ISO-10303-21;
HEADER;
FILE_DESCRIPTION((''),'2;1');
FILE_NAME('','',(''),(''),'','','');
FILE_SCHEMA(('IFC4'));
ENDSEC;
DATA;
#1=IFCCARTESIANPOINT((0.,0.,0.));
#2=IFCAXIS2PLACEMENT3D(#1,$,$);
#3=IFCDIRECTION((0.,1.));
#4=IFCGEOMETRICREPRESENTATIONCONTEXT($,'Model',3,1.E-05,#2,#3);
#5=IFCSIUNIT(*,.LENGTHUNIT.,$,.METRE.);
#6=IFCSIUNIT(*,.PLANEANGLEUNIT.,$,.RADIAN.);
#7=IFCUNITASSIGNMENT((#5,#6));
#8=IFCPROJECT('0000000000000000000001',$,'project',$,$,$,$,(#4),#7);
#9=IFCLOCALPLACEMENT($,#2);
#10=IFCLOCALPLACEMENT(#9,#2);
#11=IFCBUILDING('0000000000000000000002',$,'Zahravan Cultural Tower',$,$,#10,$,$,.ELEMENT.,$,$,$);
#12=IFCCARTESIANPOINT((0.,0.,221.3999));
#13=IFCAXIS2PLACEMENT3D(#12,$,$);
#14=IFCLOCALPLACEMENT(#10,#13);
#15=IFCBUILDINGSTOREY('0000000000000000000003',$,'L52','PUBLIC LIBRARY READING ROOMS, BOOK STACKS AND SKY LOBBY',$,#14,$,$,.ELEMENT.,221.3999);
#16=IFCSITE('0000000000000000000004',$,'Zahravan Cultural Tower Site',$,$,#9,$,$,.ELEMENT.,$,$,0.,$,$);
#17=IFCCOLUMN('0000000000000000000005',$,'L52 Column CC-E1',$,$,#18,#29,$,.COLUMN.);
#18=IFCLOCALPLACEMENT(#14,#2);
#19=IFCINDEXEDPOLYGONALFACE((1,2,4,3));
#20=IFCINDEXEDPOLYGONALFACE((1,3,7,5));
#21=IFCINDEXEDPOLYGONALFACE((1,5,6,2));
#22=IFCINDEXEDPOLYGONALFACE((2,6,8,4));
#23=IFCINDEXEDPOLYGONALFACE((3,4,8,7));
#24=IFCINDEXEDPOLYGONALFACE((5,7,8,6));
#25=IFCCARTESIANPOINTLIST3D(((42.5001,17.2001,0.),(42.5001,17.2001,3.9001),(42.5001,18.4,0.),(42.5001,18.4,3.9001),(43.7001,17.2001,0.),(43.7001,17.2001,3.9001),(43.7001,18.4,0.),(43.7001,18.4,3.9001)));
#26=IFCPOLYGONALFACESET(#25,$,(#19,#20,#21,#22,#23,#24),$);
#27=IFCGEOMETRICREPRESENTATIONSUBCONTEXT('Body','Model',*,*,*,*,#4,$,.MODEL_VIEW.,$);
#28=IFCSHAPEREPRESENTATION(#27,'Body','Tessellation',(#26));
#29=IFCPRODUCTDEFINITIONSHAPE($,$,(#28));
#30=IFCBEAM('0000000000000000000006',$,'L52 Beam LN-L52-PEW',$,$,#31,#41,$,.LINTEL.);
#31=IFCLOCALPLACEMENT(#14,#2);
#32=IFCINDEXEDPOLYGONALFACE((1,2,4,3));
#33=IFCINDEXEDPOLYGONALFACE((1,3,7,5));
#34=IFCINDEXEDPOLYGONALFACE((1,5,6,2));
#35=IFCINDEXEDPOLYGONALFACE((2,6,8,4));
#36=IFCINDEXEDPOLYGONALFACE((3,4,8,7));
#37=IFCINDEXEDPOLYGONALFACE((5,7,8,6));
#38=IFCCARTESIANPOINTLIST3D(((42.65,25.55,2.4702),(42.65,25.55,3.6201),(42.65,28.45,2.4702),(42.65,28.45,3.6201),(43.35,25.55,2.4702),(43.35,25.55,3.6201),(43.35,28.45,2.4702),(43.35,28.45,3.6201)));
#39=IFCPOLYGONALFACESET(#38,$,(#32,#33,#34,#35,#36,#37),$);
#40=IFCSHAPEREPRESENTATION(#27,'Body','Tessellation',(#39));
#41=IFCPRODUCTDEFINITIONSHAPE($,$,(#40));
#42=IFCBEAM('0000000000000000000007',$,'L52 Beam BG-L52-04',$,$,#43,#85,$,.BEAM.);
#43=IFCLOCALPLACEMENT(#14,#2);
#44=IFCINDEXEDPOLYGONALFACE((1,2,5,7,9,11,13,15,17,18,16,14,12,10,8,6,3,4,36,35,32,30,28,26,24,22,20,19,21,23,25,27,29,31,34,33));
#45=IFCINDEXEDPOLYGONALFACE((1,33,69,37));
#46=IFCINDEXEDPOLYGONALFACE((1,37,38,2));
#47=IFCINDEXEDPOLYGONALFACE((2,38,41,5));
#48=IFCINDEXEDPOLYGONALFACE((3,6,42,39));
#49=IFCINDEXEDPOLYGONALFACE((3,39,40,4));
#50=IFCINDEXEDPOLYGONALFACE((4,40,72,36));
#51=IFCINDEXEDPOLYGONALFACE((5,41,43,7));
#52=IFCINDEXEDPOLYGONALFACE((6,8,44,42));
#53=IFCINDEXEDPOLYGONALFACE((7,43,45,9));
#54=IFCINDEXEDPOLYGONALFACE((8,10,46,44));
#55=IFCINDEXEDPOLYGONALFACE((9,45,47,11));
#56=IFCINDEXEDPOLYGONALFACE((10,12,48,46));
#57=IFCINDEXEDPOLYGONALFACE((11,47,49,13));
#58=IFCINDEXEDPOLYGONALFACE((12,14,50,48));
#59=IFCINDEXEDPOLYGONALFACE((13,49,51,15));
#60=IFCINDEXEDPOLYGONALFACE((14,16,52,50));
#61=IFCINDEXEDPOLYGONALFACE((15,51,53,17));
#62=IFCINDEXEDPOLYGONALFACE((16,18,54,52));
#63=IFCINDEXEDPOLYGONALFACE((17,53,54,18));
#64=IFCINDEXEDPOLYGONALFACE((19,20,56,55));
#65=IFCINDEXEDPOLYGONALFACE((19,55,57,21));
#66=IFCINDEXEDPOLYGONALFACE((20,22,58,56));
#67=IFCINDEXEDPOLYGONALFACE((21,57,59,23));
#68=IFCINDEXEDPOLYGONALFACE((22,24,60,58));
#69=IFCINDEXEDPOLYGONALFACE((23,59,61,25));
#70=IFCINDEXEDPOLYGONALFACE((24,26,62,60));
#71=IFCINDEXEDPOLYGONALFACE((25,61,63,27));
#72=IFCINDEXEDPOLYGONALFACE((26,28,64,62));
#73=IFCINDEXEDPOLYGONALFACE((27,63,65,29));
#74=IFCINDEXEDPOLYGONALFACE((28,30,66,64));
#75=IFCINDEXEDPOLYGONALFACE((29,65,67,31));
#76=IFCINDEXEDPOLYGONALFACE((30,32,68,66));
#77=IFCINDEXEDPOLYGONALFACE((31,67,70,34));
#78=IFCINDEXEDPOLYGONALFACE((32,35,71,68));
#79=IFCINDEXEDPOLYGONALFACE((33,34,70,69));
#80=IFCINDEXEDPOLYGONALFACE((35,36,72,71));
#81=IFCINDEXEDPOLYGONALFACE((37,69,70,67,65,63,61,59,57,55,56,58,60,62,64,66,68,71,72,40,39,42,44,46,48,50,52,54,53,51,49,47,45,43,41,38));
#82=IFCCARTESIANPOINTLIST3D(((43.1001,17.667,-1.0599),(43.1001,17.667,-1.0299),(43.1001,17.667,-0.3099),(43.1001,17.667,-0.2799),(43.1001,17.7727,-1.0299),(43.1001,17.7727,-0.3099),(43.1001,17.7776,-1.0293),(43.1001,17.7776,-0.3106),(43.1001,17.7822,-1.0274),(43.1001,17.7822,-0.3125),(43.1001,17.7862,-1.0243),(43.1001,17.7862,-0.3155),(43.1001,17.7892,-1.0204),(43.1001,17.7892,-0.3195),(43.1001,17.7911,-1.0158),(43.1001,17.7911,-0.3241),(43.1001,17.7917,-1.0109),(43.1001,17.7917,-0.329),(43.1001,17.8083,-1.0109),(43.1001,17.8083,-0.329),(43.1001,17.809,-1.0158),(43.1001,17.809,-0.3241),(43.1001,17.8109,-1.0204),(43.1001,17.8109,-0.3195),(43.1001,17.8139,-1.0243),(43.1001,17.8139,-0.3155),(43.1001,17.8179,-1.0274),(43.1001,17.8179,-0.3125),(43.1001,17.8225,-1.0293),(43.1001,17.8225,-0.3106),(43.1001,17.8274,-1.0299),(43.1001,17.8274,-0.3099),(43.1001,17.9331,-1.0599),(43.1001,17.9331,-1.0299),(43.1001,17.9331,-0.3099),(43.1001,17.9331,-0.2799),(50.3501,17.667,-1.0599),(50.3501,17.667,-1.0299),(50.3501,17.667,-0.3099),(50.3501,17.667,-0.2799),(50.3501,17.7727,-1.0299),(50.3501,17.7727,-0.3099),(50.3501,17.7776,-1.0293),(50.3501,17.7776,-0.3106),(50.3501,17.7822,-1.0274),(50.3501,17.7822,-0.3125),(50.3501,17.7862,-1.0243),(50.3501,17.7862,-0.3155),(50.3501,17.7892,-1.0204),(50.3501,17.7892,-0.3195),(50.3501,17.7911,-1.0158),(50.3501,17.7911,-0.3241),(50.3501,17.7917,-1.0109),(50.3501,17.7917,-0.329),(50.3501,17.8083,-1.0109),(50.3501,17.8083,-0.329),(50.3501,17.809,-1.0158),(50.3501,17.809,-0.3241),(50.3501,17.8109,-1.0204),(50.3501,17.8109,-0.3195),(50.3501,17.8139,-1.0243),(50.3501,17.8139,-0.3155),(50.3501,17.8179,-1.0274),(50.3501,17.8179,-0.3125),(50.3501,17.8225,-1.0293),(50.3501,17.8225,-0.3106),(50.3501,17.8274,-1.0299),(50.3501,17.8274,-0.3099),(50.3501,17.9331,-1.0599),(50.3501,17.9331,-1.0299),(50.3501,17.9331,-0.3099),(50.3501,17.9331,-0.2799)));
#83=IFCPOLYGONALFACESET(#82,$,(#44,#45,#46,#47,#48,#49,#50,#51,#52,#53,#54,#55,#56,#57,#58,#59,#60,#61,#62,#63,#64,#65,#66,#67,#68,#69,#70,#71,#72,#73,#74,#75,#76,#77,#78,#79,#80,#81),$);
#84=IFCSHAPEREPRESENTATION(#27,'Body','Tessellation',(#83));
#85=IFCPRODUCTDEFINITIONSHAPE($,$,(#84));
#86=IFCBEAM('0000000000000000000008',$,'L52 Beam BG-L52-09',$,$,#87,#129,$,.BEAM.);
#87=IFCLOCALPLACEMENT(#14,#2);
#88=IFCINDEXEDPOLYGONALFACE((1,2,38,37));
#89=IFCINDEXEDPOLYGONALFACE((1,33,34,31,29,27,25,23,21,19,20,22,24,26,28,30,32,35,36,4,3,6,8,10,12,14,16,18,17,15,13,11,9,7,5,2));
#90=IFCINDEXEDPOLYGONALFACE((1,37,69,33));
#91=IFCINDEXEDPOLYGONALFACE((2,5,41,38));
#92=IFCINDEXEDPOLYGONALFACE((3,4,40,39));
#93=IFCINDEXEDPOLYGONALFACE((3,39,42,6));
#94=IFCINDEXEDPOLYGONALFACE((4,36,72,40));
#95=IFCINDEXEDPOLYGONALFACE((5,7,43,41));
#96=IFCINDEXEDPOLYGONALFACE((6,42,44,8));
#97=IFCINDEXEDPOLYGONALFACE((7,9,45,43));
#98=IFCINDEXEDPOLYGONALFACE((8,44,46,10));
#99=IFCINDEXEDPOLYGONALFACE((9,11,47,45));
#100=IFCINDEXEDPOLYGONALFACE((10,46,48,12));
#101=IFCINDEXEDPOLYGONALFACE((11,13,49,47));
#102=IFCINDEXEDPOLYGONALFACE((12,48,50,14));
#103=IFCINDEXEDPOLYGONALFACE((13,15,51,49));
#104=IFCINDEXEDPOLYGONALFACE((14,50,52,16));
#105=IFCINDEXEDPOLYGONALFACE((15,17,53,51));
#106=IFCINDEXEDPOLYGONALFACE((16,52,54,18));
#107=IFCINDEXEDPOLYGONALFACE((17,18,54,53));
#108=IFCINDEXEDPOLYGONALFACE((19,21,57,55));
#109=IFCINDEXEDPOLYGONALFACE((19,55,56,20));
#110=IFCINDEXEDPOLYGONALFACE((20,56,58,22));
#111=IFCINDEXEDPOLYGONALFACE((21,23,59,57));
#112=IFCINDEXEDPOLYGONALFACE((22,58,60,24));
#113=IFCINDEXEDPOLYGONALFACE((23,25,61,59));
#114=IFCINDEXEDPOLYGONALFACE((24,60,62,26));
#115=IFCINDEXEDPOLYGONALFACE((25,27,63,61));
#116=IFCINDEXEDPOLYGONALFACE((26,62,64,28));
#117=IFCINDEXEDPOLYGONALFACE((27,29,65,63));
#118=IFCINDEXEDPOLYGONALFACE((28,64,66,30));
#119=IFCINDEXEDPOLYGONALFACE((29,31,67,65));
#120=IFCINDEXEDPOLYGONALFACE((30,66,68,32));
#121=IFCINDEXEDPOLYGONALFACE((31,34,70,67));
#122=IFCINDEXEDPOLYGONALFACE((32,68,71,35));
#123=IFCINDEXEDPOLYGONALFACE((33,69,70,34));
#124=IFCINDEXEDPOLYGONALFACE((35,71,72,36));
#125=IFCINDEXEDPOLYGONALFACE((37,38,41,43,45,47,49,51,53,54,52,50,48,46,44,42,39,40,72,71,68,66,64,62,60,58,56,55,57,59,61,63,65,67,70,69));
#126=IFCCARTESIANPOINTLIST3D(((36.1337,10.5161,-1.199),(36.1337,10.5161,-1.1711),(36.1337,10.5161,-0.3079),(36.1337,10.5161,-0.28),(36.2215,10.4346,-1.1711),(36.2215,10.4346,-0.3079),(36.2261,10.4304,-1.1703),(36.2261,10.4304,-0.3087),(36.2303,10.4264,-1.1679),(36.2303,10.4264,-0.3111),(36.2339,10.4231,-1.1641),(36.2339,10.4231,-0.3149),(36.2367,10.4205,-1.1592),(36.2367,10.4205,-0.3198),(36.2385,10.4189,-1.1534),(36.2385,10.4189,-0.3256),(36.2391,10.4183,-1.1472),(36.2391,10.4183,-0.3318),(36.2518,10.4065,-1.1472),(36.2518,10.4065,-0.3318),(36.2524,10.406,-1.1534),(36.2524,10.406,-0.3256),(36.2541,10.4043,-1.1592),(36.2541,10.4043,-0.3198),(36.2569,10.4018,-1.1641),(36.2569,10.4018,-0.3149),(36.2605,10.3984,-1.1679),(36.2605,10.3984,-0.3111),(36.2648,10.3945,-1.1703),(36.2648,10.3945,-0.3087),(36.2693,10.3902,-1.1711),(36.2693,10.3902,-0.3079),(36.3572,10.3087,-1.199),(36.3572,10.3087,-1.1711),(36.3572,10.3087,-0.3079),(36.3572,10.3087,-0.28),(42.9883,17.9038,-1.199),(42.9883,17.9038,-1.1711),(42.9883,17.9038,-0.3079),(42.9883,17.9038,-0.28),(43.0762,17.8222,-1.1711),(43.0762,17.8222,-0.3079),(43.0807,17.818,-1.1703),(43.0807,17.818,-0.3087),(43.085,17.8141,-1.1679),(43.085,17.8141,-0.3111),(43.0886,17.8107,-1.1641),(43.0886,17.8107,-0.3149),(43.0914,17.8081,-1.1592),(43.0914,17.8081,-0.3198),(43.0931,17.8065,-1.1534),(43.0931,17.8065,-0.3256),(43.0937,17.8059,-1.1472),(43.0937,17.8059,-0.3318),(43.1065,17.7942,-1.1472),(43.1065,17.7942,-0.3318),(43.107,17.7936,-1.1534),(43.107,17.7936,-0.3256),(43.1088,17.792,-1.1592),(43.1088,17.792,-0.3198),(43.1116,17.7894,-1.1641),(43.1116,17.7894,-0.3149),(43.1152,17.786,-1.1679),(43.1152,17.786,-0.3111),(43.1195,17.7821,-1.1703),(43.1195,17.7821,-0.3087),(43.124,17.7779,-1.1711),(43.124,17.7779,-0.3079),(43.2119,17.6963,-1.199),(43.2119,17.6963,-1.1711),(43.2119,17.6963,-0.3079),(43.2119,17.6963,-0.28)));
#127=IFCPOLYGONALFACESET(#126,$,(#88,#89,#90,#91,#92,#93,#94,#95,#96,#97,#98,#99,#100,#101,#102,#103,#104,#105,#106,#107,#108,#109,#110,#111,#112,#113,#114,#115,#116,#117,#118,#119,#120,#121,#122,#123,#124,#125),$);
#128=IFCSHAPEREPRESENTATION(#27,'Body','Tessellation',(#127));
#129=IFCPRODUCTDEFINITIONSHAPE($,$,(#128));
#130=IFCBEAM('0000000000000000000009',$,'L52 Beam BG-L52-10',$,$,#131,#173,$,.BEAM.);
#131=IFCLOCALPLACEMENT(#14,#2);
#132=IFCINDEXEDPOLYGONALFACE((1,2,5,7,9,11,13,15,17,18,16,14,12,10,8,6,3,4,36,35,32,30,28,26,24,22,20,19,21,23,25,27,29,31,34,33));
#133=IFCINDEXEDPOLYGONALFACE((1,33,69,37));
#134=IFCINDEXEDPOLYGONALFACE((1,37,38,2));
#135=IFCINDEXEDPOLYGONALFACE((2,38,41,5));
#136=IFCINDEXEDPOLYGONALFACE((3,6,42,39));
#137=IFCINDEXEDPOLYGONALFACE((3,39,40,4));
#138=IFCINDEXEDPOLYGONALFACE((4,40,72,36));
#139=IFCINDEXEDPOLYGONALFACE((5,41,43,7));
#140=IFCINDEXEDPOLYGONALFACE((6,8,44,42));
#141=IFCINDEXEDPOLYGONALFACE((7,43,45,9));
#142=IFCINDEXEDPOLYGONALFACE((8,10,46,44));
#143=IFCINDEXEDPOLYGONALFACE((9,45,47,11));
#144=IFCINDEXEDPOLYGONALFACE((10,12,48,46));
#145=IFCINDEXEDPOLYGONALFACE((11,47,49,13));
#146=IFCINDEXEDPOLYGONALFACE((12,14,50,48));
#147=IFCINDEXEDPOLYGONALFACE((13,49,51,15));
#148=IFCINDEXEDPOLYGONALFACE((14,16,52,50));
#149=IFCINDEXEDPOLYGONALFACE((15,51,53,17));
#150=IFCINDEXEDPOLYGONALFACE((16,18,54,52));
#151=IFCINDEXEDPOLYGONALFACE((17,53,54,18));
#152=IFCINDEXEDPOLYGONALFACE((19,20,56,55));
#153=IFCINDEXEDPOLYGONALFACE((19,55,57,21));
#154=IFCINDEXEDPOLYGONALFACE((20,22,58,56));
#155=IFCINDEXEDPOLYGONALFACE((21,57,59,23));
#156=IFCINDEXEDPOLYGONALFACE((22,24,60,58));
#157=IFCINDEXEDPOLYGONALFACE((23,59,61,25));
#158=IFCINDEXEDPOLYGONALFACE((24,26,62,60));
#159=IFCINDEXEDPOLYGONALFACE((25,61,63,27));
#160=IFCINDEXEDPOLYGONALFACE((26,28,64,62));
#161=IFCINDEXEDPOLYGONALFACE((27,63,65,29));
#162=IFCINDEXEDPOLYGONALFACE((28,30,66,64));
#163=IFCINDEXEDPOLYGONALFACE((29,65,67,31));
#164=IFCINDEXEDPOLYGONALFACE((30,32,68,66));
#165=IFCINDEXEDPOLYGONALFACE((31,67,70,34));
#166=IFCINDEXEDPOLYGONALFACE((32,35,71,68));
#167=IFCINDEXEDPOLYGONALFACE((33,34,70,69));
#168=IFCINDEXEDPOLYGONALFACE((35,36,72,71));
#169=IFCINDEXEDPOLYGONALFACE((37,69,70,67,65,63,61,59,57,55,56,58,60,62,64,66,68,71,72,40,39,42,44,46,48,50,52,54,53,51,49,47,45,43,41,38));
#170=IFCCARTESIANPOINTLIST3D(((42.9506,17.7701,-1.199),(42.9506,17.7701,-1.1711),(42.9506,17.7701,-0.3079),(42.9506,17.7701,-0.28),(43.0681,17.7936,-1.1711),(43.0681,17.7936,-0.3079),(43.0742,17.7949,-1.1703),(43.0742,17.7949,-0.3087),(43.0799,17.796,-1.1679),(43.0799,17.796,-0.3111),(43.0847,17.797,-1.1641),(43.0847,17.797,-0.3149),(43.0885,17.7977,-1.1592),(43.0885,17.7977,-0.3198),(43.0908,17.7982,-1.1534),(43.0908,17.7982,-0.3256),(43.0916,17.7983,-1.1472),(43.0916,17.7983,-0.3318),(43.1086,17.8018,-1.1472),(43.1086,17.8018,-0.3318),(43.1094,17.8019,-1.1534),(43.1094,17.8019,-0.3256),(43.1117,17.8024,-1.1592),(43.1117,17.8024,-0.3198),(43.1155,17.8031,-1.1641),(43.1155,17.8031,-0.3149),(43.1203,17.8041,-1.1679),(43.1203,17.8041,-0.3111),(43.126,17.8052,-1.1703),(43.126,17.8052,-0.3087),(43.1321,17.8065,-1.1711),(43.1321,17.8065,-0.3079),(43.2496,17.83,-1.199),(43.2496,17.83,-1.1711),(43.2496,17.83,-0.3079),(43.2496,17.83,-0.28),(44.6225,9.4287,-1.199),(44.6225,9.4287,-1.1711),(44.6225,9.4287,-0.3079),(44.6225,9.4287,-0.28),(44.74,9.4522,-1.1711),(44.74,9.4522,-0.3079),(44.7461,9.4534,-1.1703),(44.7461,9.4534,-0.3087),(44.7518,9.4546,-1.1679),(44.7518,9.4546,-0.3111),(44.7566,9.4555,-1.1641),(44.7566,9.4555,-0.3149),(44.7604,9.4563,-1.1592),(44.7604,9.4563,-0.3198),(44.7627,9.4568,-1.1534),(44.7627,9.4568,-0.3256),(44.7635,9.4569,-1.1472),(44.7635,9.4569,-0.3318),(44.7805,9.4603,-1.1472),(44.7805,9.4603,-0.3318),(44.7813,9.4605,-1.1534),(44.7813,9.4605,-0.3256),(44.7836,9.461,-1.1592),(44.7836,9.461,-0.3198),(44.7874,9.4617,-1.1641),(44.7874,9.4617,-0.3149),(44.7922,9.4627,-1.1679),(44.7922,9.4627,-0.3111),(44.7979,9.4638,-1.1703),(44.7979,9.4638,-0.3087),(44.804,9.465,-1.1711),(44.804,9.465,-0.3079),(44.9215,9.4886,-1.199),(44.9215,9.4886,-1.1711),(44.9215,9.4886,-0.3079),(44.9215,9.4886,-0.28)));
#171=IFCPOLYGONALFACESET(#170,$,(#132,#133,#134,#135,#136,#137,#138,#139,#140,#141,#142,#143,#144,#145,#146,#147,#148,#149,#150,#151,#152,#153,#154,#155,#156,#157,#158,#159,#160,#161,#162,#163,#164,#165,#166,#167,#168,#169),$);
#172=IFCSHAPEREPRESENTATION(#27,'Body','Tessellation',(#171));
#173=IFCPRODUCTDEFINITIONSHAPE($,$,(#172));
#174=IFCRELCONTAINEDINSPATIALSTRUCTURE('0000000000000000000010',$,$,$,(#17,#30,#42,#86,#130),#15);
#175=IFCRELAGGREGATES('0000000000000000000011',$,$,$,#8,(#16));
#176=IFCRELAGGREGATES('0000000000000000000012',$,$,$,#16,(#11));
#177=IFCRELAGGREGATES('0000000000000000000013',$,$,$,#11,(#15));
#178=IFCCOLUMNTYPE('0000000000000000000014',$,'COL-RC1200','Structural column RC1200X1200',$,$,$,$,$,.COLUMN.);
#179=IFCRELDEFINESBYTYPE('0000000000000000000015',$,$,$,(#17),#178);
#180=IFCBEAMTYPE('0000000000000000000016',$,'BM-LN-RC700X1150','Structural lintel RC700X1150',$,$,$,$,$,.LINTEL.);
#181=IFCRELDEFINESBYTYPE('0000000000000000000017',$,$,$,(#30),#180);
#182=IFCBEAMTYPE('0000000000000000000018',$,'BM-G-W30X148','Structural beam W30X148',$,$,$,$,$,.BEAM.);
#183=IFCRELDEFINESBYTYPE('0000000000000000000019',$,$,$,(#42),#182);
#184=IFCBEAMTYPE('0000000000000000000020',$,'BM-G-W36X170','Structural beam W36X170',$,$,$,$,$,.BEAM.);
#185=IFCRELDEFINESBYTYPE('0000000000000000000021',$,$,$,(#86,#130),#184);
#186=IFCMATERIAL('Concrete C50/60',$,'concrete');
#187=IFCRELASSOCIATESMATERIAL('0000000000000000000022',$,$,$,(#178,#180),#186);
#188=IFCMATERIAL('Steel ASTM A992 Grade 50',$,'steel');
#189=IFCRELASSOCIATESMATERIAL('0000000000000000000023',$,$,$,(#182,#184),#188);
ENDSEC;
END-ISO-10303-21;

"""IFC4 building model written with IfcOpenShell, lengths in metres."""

from ifc_helpers import new_model, si_unit, direction, frame, origin, origin_2d, place, context, subcontext, project, spatial, rectangle, i_section, extrude, source, transform, mapped, material, material_profile, profile_set, type_object, element, save


model = new_model("IFC4")

# Units and contexts
model_context = context("Model", 3, precision=1e-05, world=origin(), true_north=direction((0.0, 1.0)))
body_context = subcontext(model_context, "Body", "Model", "MODEL_VIEW")
ifc_project = project(units=[si_unit("LENGTHUNIT", "METRE"), si_unit("PLANEANGLEUNIT", "RADIAN")], contexts=[model_context])

# Site, building, storey
site_placement = place(None, origin())
site = spatial("IfcSite", under=ifc_project, at=site_placement, Name="Zahravan Cultural Tower Site", CompositionType="ELEMENT", RefElevation=0.0)
building_placement = place(site_placement, origin())
building = spatial("IfcBuilding", under=site, at=building_placement, Name="Zahravan Cultural Tower", CompositionType="ELEMENT")
storey_placement = place(building_placement, frame((0.0, 0.0, 221.3999)))
storey = spatial("IfcBuildingStorey", under=building, at=storey_placement, Name="L52", Description="PUBLIC LIBRARY READING ROOMS, BOOK STACKS AND SKY LOBBY", CompositionType="ELEMENT", Elevation=221.3999)

# Column
ifc_material_1 = material(Name="Concrete C50/60", Category="concrete")
ifc_material_profile_1 = material_profile(ifc_material_1, rectangle(XDim=1.2, YDim=1.2, at=origin_2d()), Name="RC1200X1200")
ifc_profile_set_1 = profile_set([ifc_material_profile_1], Name="Concrete C50/60")
column_type = type_object("IfcColumnType", Name="COL-RC1200", Description="Structural column RC1200X1200", PredefinedType="COLUMN", material=ifc_profile_set_1)
shared_shape_1 = source(origin(), body_context, "Body", "SweptSolid", [
    extrude(rectangle(XDim=1.2, YDim=1.2, at=origin_2d()), origin(), (0.0, 0.0, 1.0), 3.9001),
])
column_placement = place(storey_placement, frame((43.1001, 17.8, 0.0), z_axis=(0.0, 0.0, 1.0), x_axis=(1.0, 0.0, 0.0)))
element("IfcColumn", 1, at=column_placement, inside=storey, type_object=column_type, Name="L52 Column CC-E1", PredefinedType="COLUMN", context=body_context, shape_type="MappedRepresentation", body=[
    mapped(shared_shape_1, transform((0.0, 0.0, 0.0), x_axis=(1.0, 0.0, 0.0), y_axis=(0.0, 1.0, 0.0), z_axis=(0.0, 0.0, 1.0), scale=1.0)),
])

# Beams
ifc_material_profile_2 = material_profile(ifc_material_1, rectangle(XDim=0.7, YDim=1.1499, at=origin_2d()), Name="RC700X1150")
ifc_profile_set_2 = profile_set([ifc_material_profile_2], Name="Concrete C50/60")
beam_type_1 = type_object("IfcBeamType", Name="BM-LN-RC700X1150", Description="Structural lintel RC700X1150", PredefinedType="LINTEL", material=ifc_profile_set_2)
shared_shape_2 = source(origin(), body_context, "Body", "SweptSolid", [
    extrude(rectangle(XDim=0.7, YDim=1.1499, at=origin_2d()), origin(), (0.0, 0.0, 1.0), 2.8999),
])
beam_1_placement = place(storey_placement, frame((43.0, 25.55, 3.0452), z_axis=(0.0, 1.0, 0.0), x_axis=(-1.0, 0.0, 0.0)))
element("IfcBeam", 2, at=beam_1_placement, inside=storey, type_object=beam_type_1, Name="L52 Beam LN-L52-PEW", PredefinedType="LINTEL", context=body_context, shape_type="MappedRepresentation", body=[
    mapped(shared_shape_2, transform((0.0, 0.0, 0.0), x_axis=(1.0, 0.0, 0.0), y_axis=(0.0, 1.0, 0.0), z_axis=(0.0, 0.0, 1.0), scale=1.0)),
])
ifc_material_2 = material(Name="Steel ASTM A992 Grade 50", Category="steel")
ifc_material_profile_3 = material_profile(ifc_material_2, i_section(OverallWidth=0.2661, OverallDepth=0.78, WebThickness=0.0166, FlangeThickness=0.03, FilletRadius=0.019, at=origin_2d()), Name="W30X148")
ifc_profile_set_3 = profile_set([ifc_material_profile_3], Name="Steel ASTM A992 Grade 50")
beam_type_2 = type_object("IfcBeamType", Name="BM-G-W30X148", Description="Structural beam W30X148", PredefinedType="BEAM", material=ifc_profile_set_3)
shared_shape_3 = source(origin(), body_context, "Body", "SweptSolid", [
    extrude(i_section(OverallWidth=0.2661, OverallDepth=0.78, WebThickness=0.0166, FlangeThickness=0.03, FilletRadius=0.019, at=origin_2d()), origin(), (0.0, 0.0, 1.0), 7.25),
])
beam_2_placement = place(storey_placement, frame((43.1001, 17.8, -0.6699), z_axis=(1.0, 0.0, 0.0), x_axis=(0.0, 1.0, 0.0)))
element("IfcBeam", 3, at=beam_2_placement, inside=storey, type_object=beam_type_2, Name="L52 Beam BG-L52-04", PredefinedType="BEAM", context=body_context, shape_type="MappedRepresentation", body=[
    mapped(shared_shape_3, transform((0.0, 0.0, 0.0), x_axis=(1.0, 0.0, 0.0), y_axis=(0.0, 1.0, 0.0), z_axis=(0.0, 0.0, 1.0), scale=1.0)),
])
ifc_material_profile_4 = material_profile(ifc_material_2, i_section(OverallWidth=0.3049, OverallDepth=0.9189, WebThickness=0.0173, FlangeThickness=0.0278, FilletRadius=0.0239, at=origin_2d()), Name="W36X170")
ifc_profile_set_4 = profile_set([ifc_material_profile_4], Name="Steel ASTM A992 Grade 50")
beam_type_3 = type_object("IfcBeamType", Name="BM-G-W36X170", Description="Structural beam W36X170", PredefinedType="BEAM", material=ifc_profile_set_4)
shared_shape_4 = source(origin(), body_context, "Body", "SweptSolid", [
    extrude(i_section(OverallWidth=0.3049, OverallDepth=0.9189, WebThickness=0.0173, FlangeThickness=0.0278, FilletRadius=0.0239, at=origin_2d()), origin(), (0.0, 0.0, 1.0), 10.0779),
])
beam_3_placement = place(storey_placement, frame((43.1001, 17.8, -0.7395), z_axis=(-0.68017, -0.733054, 0.0), x_axis=(0.733054, -0.68017, 0.0)))
element("IfcBeam", 4, at=beam_3_placement, inside=storey, type_object=beam_type_3, Name="L52 Beam BG-L52-09", PredefinedType="BEAM", context=body_context, shape_type="MappedRepresentation", body=[
    mapped(shared_shape_4, transform((0.0, 0.0, 0.0), x_axis=(1.0, 0.0, 0.0), y_axis=(0.0, 1.0, 0.0), z_axis=(0.0, 0.0, 1.0), scale=1.0)),
])
shared_shape_5 = source(origin(), body_context, "Body", "SweptSolid", [
    extrude(i_section(OverallWidth=0.3049, OverallDepth=0.9189, WebThickness=0.0173, FlangeThickness=0.0278, FilletRadius=0.0239, at=origin_2d()), origin(), (0.0, 0.0, 1.0), 8.5073),
])
beam_4_placement = place(storey_placement, frame((43.1001, 17.8, -0.7395), z_axis=(0.196525, -0.980499, 0.0), x_axis=(0.980499, 0.196525, 0.0)))
element("IfcBeam", 5, at=beam_4_placement, inside=storey, type_object=beam_type_3, Name="L52 Beam BG-L52-10", PredefinedType="BEAM", context=body_context, shape_type="MappedRepresentation", body=[
    mapped(shared_shape_5, transform((0.0, 0.0, 0.0), x_axis=(1.0, 0.0, 0.0), y_axis=(0.0, 1.0, 0.0), z_axis=(0.0, 0.0, 1.0), scale=1.0)),
])

save(model, "model.ifc")
